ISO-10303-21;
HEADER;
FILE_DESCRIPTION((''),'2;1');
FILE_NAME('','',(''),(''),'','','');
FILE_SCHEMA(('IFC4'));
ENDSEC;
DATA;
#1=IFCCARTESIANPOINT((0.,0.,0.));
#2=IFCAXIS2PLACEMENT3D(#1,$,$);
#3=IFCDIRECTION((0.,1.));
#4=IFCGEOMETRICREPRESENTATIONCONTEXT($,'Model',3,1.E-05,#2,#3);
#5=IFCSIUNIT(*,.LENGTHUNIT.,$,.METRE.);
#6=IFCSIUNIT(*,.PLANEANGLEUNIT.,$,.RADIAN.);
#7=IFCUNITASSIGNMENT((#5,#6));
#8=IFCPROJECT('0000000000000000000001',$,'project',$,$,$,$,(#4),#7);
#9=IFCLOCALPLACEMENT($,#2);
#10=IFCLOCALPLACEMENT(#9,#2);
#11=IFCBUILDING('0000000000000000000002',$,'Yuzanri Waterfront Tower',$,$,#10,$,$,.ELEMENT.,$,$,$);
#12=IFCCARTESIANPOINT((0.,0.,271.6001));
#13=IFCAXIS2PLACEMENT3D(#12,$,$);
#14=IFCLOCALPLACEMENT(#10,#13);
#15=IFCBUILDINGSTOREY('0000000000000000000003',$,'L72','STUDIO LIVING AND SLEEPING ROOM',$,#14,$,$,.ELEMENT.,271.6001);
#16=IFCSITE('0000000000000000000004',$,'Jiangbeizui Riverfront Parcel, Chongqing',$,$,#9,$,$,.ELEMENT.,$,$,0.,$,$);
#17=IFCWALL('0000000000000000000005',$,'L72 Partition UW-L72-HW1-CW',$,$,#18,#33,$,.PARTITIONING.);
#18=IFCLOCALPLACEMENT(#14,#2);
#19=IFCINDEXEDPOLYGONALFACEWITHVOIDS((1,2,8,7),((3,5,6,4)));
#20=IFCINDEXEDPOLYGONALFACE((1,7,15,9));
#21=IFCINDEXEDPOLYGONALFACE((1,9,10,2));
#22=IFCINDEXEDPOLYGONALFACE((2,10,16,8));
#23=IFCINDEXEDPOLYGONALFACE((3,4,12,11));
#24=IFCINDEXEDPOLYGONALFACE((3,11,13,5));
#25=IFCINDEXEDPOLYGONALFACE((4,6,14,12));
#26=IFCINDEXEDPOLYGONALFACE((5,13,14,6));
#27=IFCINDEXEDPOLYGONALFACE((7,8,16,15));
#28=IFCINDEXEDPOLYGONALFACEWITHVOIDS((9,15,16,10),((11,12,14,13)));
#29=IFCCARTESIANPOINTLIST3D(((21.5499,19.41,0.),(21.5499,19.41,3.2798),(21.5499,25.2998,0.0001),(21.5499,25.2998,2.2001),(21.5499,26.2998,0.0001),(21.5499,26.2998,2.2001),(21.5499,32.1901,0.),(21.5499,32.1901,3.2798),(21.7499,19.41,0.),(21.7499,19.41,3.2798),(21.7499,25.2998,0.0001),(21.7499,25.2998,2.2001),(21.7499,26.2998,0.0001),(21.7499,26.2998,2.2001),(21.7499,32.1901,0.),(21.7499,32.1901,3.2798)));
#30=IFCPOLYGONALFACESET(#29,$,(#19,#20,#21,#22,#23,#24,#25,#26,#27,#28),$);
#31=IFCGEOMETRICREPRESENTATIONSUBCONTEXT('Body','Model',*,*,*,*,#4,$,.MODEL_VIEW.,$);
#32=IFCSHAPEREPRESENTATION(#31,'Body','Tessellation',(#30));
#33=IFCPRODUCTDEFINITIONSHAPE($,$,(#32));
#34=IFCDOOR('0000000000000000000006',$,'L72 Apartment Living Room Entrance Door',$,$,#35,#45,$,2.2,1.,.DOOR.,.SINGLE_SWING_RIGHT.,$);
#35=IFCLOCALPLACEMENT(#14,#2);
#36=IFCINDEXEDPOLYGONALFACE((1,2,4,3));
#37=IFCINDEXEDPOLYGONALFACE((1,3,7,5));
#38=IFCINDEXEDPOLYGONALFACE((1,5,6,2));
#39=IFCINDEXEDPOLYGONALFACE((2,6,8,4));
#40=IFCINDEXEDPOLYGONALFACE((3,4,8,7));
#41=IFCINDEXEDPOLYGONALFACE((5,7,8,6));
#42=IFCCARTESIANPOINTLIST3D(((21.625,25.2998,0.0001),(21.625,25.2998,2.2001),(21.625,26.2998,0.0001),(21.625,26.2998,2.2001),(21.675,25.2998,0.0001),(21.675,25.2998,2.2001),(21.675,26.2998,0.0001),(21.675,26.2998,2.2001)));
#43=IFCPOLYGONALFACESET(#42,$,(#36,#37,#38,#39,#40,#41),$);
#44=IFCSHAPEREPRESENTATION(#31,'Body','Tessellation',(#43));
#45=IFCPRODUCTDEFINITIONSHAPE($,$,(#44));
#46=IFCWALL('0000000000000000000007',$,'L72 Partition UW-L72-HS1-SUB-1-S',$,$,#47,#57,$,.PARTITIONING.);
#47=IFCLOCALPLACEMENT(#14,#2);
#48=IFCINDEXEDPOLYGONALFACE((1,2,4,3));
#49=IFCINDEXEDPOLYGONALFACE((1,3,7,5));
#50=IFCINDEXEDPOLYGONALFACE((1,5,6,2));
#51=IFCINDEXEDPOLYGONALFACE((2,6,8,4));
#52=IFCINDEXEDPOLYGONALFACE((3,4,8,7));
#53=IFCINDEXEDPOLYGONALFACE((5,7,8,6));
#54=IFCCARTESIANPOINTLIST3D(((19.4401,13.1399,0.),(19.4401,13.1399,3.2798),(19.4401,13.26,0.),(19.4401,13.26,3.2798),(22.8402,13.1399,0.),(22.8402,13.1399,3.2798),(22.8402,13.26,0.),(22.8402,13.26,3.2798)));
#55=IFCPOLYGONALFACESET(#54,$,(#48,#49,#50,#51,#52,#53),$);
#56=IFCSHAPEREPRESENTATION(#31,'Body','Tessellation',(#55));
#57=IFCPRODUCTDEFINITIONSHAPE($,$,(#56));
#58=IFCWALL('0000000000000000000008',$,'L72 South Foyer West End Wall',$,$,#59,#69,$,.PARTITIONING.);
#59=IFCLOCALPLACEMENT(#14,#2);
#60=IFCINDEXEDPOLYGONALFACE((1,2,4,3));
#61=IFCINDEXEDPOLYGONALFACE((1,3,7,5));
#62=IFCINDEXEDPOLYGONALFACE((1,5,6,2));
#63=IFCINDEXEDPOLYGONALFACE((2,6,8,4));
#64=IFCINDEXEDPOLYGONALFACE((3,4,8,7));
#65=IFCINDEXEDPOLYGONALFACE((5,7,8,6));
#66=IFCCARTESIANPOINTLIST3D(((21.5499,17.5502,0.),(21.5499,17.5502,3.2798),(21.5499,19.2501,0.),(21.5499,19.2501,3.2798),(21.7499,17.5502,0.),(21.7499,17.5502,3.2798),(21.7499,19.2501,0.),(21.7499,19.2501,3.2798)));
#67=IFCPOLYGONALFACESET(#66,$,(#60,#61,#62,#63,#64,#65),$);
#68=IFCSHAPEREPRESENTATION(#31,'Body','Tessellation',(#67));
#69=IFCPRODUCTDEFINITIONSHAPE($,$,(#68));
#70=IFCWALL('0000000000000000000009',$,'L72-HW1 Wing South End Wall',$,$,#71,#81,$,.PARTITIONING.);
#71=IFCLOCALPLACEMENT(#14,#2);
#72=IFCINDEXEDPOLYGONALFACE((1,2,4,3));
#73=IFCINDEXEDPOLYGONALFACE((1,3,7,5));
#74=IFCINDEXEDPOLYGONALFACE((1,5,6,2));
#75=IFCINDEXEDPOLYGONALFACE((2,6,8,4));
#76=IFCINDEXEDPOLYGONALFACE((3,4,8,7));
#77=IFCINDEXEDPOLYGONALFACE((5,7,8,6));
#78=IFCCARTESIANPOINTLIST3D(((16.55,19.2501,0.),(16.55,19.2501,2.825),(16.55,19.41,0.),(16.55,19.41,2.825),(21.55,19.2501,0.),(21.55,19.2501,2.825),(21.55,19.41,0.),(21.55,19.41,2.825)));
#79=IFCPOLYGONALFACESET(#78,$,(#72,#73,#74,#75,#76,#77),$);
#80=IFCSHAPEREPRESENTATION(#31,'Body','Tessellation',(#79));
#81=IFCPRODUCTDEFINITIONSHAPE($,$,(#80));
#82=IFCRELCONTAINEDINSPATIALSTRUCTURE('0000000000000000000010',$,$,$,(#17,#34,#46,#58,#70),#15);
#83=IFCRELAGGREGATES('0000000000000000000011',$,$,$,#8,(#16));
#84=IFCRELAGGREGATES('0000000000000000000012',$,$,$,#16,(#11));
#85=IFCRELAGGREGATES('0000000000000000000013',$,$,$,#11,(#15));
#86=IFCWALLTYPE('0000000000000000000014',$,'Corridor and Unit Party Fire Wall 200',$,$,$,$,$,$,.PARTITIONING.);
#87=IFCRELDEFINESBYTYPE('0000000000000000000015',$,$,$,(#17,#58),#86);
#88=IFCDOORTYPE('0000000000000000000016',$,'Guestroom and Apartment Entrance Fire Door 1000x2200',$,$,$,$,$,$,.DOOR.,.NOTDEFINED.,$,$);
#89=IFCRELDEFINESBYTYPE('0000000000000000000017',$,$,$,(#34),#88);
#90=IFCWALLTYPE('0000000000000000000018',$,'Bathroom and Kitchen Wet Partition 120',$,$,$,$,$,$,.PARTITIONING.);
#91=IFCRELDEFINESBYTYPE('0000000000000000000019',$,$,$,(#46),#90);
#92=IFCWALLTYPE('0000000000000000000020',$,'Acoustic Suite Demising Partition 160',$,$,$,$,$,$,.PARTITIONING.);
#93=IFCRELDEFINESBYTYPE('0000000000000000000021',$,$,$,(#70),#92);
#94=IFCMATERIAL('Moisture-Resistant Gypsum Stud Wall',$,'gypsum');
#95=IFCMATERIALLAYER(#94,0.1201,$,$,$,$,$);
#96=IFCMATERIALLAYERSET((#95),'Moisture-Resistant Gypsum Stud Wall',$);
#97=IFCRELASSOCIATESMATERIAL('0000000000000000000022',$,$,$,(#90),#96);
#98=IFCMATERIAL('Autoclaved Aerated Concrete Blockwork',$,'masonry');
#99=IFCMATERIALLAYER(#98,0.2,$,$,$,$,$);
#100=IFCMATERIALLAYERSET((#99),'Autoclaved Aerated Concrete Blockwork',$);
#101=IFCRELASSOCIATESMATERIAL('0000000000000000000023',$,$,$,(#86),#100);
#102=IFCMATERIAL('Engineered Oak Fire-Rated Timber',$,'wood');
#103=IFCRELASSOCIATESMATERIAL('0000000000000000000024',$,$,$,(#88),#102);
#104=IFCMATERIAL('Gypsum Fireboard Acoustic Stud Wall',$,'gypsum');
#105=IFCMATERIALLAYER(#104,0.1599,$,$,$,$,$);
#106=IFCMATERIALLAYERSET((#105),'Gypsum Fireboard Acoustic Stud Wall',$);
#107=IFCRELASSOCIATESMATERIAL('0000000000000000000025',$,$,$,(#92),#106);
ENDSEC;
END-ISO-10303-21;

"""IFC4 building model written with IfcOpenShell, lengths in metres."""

from ifc_helpers import new_model, si_unit, direction, frame, frame_2d, origin, place, context, subcontext, project, spatial, rectangle, extrude, source, transform, mapped, material, layer, layer_set, type_object, element, fill, save


model = new_model("IFC4")

# Units and contexts
model_context = context("Model", 3, precision=1e-05, world=origin(), true_north=direction((0.0, 1.0)))
body_context = subcontext(model_context, "Body", "Model", "MODEL_VIEW")
ifc_project = project(units=[si_unit("LENGTHUNIT", "METRE"), si_unit("PLANEANGLEUNIT", "RADIAN")], contexts=[model_context])

# Site, building, storey
site_placement = place(None, origin())
site = spatial("IfcSite", under=ifc_project, at=site_placement, Name="Jiangbeizui Riverfront Parcel, Chongqing", CompositionType="ELEMENT", RefElevation=0.0)
building_placement = place(site_placement, origin())
building = spatial("IfcBuilding", under=site, at=building_placement, Name="Yuzanri Waterfront Tower", CompositionType="ELEMENT")
storey_placement = place(building_placement, frame((0.0, 0.0, 271.6001)))
storey = spatial("IfcBuildingStorey", under=building, at=storey_placement, Name="L72", Description="STUDIO LIVING AND SLEEPING ROOM", CompositionType="ELEMENT", Elevation=271.6001)

# Shared definitions
ifc_material_1 = material(Name="Moisture-Resistant Gypsum Stud Wall", Category="gypsum")
ifc_layer_1 = layer(ifc_material_1, 0.1201)
ifc_layer_set_1 = layer_set([ifc_layer_1], Name="Moisture-Resistant Gypsum Stud Wall")
wall_type_1 = type_object("IfcWallType", Name="Bathroom and Kitchen Wet Partition 120", PredefinedType="PARTITIONING", material=ifc_layer_set_1)

# Wall, opening, door
ifc_material_2 = material(Name="Autoclaved Aerated Concrete Blockwork", Category="masonry")
ifc_layer_2 = layer(ifc_material_2, 0.2)
ifc_layer_set_2 = layer_set([ifc_layer_2], Name="Autoclaved Aerated Concrete Blockwork")
wall_type_2 = type_object("IfcWallType", Name="Corridor and Unit Party Fire Wall 200", PredefinedType="PARTITIONING", material=ifc_layer_set_2)
ifc_material_3 = material(Name="Engineered Oak Fire-Rated Timber", Category="wood")
door_type_1 = type_object("IfcDoorType", Name="Guestroom and Apartment Entrance Fire Door 1000x2200", OperationType="NOTDEFINED", PredefinedType="DOOR", material=ifc_material_3)
shared_shape_1 = source(origin(), body_context, "Body", "SweptSolid", [
    extrude(rectangle(XDim=1.0, YDim=2.2, at=frame_2d((0.5, 1.1001))), frame((0.0, 0.0249, 0.0), z_axis=(0.0, -1.0, 0.0), x_axis=(1.0, 0.0, 0.0)), (0.0, 0.0, 1.0), 0.05),
])
wall_1_placement = place(storey_placement, frame((21.6499, 19.4099, 0.0), z_axis=(0.0, 0.0, 1.0), x_axis=(0.0, 1.0, 0.0)))
wall_1 = element("IfcWall", 1, at=wall_1_placement, inside=storey, type_object=wall_type_2, Name="L72 Partition UW-L72-HW1-CW", PredefinedType="PARTITIONING", context=body_context, shape_type="SweptSolid", body=[
    extrude(rectangle(XDim=12.78, YDim=0.2, at=frame_2d((6.3901, 0.0))), origin(), (0.0, 0.0, 1.0), 3.2798),
])
opening_1_placement = place(wall_1_placement, frame((5.8899, 0.0, 0.0)))
opening_1 = element("IfcOpeningElement", 2, at=opening_1_placement, cuts=wall_1, PredefinedType="OPENING", context=body_context, shape_type="SweptSolid", body=[
    extrude(rectangle(XDim=1.0, YDim=2.2, at=frame_2d((0.5, 1.1001))), frame((0.0, 0.1147, 0.0), z_axis=(0.0, -1.0, 0.0), x_axis=(1.0, 0.0, 0.0)), (0.0, 0.0, 1.0), 0.2297),
])
door_1_placement = place(opening_1_placement, origin())
door_1 = element("IfcDoor", 3, at=door_1_placement, inside=storey, type_object=door_type_1, Name="L72 Apartment Living Room Entrance Door", OperationType="SINGLE_SWING_RIGHT", OverallHeight=2.2, OverallWidth=1.0, PredefinedType="DOOR", context=body_context, shape_type="MappedRepresentation", body=[
    mapped(shared_shape_1, transform((0.0, 0.0, 0.0), scale=1.0)),
])
fill(opening_1, door_1)

# Walls
shared_shape_2 = source(origin(), body_context, "Body", "SweptSolid", [
    extrude(rectangle(XDim=3.4001, YDim=0.1201, at=frame_2d((1.7002, 0.0))), origin(), (0.0, 0.0, 1.0), 3.2798),
])
wall_2_placement = place(storey_placement, frame((19.4399, 13.2, 0.0), z_axis=(0.0, 0.0, 1.0), x_axis=(1.0, 0.0, 0.0)))
element("IfcWall", 4, at=wall_2_placement, inside=storey, type_object=wall_type_1, Name="L72 Partition UW-L72-HS1-SUB-1-S", PredefinedType="PARTITIONING", context=body_context, shape_type="MappedRepresentation", body=[
    mapped(shared_shape_2, transform((0.0, 0.0, 0.0), scale=1.0)),
])
shared_shape_3 = source(origin(), body_context, "Body", "SweptSolid", [
    extrude(rectangle(XDim=1.7, YDim=0.2, at=frame_2d((0.8501, 0.0))), origin(), (0.0, 0.0, 1.0), 3.2798),
])
wall_3_placement = place(storey_placement, frame((21.6499, 17.55, 0.0), z_axis=(0.0, 0.0, 1.0), x_axis=(0.0, 1.0, 0.0)))
element("IfcWall", 5, at=wall_3_placement, inside=storey, type_object=wall_type_2, Name="L72 South Foyer West End Wall", PredefinedType="PARTITIONING", context=body_context, shape_type="MappedRepresentation", body=[
    mapped(shared_shape_3, transform((0.0, 0.0, 0.0), scale=1.0)),
])
ifc_material_4 = material(Name="Gypsum Fireboard Acoustic Stud Wall", Category="gypsum")
ifc_layer_3 = layer(ifc_material_4, 0.1599)
ifc_layer_set_3 = layer_set([ifc_layer_3], Name="Gypsum Fireboard Acoustic Stud Wall")
wall_type_3 = type_object("IfcWallType", Name="Acoustic Suite Demising Partition 160", PredefinedType="PARTITIONING", material=ifc_layer_set_3)
shared_shape_4 = source(origin(), body_context, "Body", "SweptSolid", [
    extrude(rectangle(XDim=5.0, YDim=0.1599, at=frame_2d((2.5, 0.0))), origin(), (0.0, 0.0, 1.0), 2.825),
])
wall_4_placement = place(storey_placement, frame((16.55, 19.3301, 0.0), z_axis=(0.0, 0.0, 1.0), x_axis=(1.0, 0.0, 0.0)))
element("IfcWall", 6, at=wall_4_placement, inside=storey, type_object=wall_type_3, Name="L72-HW1 Wing South End Wall", PredefinedType="PARTITIONING", context=body_context, shape_type="MappedRepresentation", body=[
    mapped(shared_shape_4, transform((0.0, 0.0, 0.0), scale=1.0)),
])

save(model, "model.ifc")
